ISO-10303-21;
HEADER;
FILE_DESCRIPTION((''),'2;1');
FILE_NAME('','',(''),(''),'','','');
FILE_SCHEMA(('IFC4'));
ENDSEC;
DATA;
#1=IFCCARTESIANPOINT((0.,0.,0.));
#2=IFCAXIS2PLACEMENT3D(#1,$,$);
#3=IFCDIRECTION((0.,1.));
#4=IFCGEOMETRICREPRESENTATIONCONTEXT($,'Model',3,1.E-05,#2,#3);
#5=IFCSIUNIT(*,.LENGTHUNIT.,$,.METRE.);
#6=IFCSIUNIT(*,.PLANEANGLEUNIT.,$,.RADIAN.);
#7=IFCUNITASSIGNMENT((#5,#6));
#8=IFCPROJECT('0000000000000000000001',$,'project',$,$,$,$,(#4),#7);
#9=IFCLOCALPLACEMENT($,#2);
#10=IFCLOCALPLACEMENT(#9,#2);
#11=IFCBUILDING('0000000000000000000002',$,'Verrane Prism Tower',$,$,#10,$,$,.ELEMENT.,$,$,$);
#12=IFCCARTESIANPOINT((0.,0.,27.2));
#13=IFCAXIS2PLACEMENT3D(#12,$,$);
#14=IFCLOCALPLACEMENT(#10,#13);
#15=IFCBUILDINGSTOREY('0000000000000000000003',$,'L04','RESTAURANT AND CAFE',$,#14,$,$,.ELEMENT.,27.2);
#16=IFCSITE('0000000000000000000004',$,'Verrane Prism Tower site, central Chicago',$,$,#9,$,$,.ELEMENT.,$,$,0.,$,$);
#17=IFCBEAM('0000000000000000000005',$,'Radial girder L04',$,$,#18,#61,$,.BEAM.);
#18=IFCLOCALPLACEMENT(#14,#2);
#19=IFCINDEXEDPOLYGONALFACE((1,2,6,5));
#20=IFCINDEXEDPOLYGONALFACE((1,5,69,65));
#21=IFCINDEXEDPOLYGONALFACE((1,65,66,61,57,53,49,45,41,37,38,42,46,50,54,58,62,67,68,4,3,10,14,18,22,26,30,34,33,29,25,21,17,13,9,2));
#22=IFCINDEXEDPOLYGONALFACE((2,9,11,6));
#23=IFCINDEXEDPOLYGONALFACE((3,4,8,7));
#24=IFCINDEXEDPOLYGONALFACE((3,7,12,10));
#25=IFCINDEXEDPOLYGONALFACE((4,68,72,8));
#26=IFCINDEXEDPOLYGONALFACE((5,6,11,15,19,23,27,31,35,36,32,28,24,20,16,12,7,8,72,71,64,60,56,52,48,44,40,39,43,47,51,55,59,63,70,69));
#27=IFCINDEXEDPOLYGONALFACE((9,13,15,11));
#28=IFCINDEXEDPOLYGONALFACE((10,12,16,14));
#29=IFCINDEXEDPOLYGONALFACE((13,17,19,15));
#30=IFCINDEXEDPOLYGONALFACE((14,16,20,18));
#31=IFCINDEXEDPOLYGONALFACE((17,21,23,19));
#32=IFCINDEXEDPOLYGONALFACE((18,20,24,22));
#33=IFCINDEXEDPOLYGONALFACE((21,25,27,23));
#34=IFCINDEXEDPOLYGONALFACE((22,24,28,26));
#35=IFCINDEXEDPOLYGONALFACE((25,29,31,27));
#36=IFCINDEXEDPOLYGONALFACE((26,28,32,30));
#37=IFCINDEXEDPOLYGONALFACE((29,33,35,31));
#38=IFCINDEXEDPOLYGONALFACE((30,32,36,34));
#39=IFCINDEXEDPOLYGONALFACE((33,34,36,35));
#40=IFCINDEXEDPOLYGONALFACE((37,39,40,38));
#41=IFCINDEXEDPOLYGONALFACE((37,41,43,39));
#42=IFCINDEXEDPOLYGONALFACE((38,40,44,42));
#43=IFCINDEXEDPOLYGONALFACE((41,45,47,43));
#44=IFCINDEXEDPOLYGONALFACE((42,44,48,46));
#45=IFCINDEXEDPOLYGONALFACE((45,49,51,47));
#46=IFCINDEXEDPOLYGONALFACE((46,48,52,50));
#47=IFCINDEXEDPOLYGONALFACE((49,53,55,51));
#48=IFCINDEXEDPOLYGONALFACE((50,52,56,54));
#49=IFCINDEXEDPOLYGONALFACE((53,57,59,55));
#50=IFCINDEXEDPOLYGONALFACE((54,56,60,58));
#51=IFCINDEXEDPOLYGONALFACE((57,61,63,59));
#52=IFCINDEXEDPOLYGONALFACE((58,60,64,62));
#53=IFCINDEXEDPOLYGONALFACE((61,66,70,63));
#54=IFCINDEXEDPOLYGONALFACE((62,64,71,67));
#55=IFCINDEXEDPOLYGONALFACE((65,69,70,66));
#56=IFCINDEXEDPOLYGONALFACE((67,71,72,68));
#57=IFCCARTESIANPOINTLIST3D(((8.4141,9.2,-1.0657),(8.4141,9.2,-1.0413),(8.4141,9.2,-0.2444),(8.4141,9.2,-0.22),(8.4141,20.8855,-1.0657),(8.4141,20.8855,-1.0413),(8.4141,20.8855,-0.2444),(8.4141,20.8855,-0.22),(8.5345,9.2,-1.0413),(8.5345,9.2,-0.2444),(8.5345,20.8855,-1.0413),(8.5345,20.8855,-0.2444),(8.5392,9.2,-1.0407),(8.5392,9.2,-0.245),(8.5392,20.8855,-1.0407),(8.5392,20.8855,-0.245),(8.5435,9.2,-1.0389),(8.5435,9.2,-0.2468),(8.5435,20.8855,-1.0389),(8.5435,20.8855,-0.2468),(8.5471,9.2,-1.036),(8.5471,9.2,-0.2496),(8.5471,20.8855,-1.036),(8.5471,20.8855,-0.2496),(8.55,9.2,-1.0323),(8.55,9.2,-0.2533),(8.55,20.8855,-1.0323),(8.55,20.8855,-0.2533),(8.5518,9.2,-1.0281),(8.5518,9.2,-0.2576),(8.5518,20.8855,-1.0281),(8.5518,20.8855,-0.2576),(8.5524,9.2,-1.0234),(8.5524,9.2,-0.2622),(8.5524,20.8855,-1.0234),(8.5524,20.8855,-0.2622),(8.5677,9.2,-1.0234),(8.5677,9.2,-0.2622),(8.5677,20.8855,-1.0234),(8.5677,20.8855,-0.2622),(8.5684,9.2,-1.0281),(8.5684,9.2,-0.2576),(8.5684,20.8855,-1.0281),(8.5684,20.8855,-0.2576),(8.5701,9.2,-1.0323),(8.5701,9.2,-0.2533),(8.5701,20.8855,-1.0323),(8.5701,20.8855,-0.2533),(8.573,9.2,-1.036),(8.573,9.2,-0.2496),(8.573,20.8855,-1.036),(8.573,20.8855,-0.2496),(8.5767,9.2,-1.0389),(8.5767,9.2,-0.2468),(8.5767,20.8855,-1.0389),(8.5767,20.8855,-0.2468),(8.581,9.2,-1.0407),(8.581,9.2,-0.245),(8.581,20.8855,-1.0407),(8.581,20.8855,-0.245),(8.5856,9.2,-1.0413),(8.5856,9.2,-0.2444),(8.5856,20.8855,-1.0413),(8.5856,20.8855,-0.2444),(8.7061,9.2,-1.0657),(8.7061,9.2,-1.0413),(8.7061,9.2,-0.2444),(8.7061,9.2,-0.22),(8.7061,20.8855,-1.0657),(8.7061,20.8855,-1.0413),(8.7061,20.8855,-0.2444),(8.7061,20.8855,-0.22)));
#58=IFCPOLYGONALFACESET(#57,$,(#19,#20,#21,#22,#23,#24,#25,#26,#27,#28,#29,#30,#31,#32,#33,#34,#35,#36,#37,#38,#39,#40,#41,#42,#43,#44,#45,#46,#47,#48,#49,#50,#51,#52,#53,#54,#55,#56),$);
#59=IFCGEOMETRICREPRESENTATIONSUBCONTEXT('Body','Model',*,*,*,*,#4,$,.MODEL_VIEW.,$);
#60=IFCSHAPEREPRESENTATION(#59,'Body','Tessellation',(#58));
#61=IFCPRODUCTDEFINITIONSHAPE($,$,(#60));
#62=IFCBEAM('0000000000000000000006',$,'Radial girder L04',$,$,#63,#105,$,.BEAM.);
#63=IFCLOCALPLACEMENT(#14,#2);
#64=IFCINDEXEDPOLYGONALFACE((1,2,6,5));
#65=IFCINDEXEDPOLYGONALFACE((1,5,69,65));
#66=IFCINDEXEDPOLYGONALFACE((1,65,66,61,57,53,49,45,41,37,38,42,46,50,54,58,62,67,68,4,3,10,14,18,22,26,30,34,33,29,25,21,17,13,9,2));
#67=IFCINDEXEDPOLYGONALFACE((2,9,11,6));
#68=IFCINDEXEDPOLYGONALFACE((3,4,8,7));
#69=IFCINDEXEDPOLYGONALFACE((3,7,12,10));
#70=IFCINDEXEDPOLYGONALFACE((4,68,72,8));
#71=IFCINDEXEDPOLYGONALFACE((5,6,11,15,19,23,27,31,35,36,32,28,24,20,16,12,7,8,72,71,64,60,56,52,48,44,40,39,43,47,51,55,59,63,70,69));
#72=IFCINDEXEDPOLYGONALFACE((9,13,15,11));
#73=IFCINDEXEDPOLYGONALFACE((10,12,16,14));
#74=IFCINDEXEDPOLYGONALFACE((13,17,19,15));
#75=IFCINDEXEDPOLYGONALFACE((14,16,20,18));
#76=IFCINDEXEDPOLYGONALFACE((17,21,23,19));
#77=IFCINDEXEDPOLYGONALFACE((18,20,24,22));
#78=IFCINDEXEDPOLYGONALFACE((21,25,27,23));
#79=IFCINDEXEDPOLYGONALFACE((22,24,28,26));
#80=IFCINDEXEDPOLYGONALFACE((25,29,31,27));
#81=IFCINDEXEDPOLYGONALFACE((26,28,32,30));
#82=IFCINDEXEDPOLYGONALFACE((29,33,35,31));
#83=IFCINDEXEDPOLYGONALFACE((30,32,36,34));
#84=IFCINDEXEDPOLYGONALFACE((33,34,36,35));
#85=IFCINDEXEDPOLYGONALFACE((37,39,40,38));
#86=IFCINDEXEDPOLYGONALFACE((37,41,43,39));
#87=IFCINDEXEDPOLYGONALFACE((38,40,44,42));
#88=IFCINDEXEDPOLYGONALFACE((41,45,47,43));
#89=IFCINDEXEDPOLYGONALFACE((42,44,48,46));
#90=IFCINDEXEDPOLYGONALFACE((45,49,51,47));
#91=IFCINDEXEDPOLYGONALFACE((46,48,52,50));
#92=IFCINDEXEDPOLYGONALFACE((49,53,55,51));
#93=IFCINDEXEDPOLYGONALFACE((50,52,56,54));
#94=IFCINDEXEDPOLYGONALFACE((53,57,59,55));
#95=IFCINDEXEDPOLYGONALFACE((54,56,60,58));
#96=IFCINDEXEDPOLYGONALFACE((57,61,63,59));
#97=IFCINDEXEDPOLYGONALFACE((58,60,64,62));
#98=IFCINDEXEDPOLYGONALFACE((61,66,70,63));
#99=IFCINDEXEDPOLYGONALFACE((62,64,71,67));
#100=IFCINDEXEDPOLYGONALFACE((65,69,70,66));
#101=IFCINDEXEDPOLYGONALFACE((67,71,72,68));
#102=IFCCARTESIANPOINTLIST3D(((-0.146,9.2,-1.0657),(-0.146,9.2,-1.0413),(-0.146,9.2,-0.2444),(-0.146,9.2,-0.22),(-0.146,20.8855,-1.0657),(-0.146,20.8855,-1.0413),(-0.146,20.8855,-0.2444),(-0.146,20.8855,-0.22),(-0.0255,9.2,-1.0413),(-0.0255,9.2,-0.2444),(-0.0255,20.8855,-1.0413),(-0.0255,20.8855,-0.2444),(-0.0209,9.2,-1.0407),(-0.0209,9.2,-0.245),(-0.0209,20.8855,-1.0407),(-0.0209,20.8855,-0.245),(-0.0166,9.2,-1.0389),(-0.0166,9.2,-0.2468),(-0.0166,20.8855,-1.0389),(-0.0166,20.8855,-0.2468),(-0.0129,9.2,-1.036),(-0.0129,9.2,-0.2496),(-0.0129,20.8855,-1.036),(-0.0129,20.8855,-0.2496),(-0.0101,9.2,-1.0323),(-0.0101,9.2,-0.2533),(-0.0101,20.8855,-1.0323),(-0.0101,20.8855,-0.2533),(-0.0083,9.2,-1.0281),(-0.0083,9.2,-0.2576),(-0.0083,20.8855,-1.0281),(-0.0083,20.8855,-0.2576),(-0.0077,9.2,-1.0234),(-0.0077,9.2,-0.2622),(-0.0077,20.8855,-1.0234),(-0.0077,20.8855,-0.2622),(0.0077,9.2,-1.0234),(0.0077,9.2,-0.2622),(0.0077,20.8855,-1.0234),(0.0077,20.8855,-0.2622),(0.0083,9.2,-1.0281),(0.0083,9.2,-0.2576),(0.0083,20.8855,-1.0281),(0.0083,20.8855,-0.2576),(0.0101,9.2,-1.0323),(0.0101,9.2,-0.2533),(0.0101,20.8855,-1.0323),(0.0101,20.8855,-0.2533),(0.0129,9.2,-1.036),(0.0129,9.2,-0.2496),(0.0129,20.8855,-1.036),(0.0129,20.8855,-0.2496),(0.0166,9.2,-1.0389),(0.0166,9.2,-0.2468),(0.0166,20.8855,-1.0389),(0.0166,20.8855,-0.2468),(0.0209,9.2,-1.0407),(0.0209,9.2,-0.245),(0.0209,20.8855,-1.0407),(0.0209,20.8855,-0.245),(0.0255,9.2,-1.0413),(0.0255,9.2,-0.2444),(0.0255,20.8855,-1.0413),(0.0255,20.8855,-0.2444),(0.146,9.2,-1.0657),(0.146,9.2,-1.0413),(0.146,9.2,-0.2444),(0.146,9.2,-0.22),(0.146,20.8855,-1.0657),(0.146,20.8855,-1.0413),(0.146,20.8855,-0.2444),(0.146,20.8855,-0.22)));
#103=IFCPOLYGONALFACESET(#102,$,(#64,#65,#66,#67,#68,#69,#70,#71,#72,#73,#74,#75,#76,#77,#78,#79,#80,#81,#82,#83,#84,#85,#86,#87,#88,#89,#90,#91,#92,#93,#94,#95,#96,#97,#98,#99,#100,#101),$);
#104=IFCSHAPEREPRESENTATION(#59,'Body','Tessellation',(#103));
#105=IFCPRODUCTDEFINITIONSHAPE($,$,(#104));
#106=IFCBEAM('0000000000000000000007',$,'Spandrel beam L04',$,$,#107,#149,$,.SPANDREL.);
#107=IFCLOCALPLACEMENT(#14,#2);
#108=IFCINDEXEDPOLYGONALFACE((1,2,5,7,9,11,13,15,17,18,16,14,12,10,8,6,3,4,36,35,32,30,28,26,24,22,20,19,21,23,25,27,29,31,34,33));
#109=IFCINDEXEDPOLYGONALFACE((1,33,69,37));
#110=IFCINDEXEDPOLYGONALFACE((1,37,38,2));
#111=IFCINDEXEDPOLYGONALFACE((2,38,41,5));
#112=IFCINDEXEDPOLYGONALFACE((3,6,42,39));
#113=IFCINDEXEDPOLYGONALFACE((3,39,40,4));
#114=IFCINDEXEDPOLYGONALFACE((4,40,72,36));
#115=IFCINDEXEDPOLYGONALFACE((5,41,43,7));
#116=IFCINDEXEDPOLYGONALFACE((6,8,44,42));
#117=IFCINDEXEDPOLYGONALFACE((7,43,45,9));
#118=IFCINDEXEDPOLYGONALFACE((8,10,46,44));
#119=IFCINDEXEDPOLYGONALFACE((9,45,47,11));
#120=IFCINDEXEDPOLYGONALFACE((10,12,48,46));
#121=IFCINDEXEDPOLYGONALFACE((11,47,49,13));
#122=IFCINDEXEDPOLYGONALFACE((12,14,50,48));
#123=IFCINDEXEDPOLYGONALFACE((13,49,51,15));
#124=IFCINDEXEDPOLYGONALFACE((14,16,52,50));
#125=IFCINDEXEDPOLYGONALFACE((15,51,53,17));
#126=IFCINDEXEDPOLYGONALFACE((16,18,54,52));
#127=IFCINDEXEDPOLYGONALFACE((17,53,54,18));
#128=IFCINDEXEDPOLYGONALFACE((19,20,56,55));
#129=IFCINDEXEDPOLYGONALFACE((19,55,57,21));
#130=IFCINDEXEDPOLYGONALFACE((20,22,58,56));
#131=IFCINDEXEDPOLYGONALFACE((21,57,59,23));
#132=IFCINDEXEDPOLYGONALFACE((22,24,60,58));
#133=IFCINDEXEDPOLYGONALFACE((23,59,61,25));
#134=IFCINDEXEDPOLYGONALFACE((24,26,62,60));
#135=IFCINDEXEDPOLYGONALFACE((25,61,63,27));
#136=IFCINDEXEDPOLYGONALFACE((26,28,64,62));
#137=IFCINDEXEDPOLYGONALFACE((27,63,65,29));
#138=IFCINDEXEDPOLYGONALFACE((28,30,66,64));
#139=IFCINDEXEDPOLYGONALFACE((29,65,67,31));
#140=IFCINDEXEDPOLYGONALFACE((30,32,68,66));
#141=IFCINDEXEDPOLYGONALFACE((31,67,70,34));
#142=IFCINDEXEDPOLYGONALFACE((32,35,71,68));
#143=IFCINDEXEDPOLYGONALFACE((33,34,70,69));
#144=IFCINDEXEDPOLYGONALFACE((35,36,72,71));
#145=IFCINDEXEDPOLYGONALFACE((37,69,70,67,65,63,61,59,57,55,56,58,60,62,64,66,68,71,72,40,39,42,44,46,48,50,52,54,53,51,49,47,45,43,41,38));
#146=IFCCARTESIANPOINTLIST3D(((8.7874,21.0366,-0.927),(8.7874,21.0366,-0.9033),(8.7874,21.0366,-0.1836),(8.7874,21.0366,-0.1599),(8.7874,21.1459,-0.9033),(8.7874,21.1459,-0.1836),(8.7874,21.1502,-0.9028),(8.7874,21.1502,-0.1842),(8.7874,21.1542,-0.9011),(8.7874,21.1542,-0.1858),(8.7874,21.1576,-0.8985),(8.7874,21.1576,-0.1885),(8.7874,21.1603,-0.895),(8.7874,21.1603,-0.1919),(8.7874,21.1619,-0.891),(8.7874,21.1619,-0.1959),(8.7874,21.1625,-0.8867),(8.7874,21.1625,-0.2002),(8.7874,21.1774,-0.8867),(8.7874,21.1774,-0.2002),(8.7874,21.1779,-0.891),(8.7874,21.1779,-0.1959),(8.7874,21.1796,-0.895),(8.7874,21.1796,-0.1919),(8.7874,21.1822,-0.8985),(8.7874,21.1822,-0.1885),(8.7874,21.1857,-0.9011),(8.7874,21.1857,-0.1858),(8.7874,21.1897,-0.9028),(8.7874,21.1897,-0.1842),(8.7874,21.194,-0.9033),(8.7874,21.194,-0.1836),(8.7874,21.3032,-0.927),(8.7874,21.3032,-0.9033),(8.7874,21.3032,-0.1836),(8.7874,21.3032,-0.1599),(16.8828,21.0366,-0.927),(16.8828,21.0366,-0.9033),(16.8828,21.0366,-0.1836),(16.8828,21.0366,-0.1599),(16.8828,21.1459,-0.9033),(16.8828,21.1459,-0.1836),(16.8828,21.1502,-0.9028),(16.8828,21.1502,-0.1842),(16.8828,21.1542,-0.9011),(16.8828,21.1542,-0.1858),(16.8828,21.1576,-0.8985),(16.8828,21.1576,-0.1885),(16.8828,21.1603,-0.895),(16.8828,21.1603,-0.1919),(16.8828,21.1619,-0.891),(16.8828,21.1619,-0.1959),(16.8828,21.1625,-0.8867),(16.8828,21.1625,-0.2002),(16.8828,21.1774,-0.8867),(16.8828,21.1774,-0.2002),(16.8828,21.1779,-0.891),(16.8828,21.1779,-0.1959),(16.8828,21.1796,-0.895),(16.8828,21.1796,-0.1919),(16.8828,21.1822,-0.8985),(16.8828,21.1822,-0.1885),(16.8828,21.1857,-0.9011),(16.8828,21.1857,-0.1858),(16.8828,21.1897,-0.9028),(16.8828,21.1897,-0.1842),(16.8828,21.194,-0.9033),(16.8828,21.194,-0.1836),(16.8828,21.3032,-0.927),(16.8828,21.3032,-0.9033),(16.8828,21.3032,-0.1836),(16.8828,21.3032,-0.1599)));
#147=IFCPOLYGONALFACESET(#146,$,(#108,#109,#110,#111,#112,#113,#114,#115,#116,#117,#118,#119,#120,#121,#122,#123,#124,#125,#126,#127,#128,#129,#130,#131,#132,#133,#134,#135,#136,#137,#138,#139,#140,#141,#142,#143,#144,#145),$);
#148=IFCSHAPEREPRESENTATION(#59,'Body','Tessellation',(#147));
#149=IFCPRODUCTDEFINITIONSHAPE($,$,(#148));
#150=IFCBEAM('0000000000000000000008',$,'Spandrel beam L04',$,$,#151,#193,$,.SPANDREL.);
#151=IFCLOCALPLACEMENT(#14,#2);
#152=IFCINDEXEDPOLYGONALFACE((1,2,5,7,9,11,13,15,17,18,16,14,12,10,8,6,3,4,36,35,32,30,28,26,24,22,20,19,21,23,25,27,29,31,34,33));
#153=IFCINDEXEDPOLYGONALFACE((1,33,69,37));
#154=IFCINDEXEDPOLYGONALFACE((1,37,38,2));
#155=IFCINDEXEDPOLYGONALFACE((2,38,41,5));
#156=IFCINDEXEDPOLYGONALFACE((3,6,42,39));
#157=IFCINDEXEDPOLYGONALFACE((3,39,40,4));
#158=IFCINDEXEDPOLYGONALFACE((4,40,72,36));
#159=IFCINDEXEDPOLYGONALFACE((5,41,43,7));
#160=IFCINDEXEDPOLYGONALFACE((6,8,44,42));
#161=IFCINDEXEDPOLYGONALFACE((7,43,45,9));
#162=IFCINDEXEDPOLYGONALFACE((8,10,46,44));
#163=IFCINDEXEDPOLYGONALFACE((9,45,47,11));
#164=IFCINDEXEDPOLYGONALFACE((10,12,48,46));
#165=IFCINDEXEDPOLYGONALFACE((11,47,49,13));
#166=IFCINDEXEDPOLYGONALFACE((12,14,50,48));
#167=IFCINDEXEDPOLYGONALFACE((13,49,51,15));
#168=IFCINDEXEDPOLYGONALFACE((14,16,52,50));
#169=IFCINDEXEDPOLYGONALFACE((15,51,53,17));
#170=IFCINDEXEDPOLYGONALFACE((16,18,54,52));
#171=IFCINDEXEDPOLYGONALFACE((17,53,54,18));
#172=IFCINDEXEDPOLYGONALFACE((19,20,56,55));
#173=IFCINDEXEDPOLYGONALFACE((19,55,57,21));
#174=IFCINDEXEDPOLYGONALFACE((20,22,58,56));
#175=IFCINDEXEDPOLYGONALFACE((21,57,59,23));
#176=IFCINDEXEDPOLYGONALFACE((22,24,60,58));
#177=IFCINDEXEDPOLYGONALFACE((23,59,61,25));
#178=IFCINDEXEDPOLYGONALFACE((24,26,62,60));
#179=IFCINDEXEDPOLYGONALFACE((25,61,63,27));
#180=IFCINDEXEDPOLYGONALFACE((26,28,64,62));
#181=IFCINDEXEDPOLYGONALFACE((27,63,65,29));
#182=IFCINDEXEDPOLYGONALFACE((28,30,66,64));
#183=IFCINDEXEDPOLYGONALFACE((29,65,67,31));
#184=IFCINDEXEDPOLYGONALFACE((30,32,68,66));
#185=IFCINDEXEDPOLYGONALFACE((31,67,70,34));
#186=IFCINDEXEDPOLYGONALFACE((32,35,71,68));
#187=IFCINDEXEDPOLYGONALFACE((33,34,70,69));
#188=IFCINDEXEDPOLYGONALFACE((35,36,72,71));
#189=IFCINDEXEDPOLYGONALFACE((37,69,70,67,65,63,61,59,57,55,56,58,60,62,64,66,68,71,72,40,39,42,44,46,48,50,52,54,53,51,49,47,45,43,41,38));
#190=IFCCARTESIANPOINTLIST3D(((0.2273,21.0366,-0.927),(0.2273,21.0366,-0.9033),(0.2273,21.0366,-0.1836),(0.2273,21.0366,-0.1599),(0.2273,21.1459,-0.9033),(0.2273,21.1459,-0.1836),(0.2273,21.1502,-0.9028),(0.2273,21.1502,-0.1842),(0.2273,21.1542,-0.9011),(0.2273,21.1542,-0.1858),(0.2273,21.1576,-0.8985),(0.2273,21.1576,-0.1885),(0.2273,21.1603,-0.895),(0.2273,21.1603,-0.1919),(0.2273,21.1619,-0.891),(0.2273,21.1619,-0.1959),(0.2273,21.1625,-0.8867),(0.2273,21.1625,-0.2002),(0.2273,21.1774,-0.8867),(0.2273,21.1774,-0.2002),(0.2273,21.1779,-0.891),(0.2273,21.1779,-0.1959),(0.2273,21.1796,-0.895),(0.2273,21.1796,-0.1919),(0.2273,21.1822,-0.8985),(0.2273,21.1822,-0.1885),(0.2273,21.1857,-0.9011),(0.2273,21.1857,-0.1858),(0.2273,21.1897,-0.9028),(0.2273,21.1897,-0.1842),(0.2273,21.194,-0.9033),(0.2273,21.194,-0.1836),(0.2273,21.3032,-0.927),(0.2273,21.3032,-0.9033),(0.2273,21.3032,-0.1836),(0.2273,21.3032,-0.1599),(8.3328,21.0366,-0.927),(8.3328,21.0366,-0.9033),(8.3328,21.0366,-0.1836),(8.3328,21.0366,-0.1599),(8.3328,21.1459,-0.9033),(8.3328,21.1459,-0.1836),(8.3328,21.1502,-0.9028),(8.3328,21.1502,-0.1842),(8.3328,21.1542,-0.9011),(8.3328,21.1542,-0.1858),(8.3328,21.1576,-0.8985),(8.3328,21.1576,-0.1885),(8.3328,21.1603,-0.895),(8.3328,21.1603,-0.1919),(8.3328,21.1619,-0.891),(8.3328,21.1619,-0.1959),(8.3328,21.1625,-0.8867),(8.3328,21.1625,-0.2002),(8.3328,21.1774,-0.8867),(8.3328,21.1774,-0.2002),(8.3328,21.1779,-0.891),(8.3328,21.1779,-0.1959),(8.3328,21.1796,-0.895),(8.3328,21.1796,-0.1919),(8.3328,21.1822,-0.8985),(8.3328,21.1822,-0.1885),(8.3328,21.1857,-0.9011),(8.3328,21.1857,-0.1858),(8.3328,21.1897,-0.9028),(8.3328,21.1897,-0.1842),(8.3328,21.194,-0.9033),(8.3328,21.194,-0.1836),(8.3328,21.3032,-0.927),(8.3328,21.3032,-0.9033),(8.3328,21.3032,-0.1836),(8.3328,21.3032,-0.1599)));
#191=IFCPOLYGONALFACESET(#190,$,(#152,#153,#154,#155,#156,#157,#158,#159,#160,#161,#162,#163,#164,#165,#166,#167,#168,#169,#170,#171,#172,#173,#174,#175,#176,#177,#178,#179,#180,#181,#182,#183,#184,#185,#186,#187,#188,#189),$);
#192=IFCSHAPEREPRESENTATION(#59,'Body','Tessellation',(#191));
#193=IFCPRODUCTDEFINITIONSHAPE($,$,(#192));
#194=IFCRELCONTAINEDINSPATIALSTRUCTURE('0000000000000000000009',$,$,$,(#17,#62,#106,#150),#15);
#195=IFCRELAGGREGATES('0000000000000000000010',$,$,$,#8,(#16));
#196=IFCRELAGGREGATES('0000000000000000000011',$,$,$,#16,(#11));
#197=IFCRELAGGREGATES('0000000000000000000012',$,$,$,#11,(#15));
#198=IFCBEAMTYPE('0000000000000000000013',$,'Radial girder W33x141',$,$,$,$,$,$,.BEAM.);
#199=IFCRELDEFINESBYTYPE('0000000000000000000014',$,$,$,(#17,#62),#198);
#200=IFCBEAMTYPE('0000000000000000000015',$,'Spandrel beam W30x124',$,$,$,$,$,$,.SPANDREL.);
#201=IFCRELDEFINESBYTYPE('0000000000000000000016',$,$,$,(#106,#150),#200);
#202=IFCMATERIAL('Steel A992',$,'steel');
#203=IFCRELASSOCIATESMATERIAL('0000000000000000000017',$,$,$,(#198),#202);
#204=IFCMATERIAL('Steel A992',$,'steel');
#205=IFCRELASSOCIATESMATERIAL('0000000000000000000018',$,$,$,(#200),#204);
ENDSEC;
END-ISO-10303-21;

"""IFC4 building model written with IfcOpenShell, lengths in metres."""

from ifc_helpers import new_model, si_unit, direction, frame, origin, origin_2d, place, context, subcontext, project, spatial, i_section, extrude, material, material_profile, profile_set, type_object, element, save


model = new_model("IFC4")

# Units and contexts
model_context = context("Model", 3, precision=1e-05, world=origin(), true_north=direction((0.0, 1.0)))
body_context = subcontext(model_context, "Body", "Model", "MODEL_VIEW")
ifc_project = project(units=[si_unit("LENGTHUNIT", "METRE"), si_unit("PLANEANGLEUNIT", "RADIAN")], contexts=[model_context])

# Site, building, storey
site_placement = place(None, origin())
site = spatial("IfcSite", under=ifc_project, at=site_placement, Name="Verrane Prism Tower site, central Chicago", CompositionType="ELEMENT", RefElevation=0.0)
building_placement = place(site_placement, origin())
building = spatial("IfcBuilding", under=site, at=building_placement, Name="Verrane Prism Tower", CompositionType="ELEMENT")
storey_placement = place(building_placement, frame((0.0, 0.0, 27.2)))
storey = spatial("IfcBuildingStorey", under=building, at=storey_placement, Name="L04", Description="RESTAURANT AND CAFE", CompositionType="ELEMENT", Elevation=27.2)

# Beams
ifc_material_1 = material(Name="Steel A992", Category="steel")
ifc_material_profile_1 = material_profile(ifc_material_1, i_section(OverallWidth=0.292, OverallDepth=0.8457, WebThickness=0.0154, FlangeThickness=0.0244, FilletRadius=0.0178, at=origin_2d()), Name="W33x141")
ifc_profile_set_1 = profile_set([ifc_material_profile_1], Name="Steel A992")
beam_type_1 = type_object("IfcBeamType", Name="Radial girder W33x141", PredefinedType="BEAM", material=ifc_profile_set_1)
for number, where, z_axis, x_axis, name in (
    (1, (8.5601, 20.8855, -0.6428), (0.0, -1.0, 0.0), (1.0, 0.0, 0.0), "Radial girder L04"),
    (2, (0.0, 20.8855, -0.6428), (0.0, -1.0, 0.0), (1.0, 0.0, 0.0), "Radial girder L04"),
):
    element("IfcBeam", number, at=place(storey_placement, frame(where, z_axis=z_axis, x_axis=x_axis)), inside=storey, type_object=beam_type_1, Name=name, PredefinedType="BEAM", context=body_context, shape_type="SweptSolid", body=[
        extrude(i_section(OverallWidth=0.292, OverallDepth=0.8457, WebThickness=0.0154, FlangeThickness=0.0244, FilletRadius=0.0178, at=origin_2d()), origin(), (0.0, 0.0, 1.0), 11.6855),
    ])
ifc_material_2 = material(Name="Steel A992", Category="steel")
ifc_material_profile_2 = material_profile(ifc_material_2, i_section(OverallWidth=0.2666, OverallDepth=0.7671, WebThickness=0.0149, FlangeThickness=0.0237, FilletRadius=0.0166, at=origin_2d()), Name="W30x124")
ifc_profile_set_2 = profile_set([ifc_material_profile_2], Name="Steel A992")
beam_type_2 = type_object("IfcBeamType", Name="Spandrel beam W30x124", PredefinedType="SPANDREL", material=ifc_profile_set_2)
beam_1_placement = place(storey_placement, frame((16.8828, 21.1699, -0.5435), z_axis=(-1.0, 0.0, 0.0), x_axis=(0.0, -1.0, 0.0)))
element("IfcBeam", 3, at=beam_1_placement, inside=storey, type_object=beam_type_2, Name="Spandrel beam L04", PredefinedType="SPANDREL", context=body_context, shape_type="SweptSolid", body=[
    extrude(i_section(OverallWidth=0.2666, OverallDepth=0.7671, WebThickness=0.0149, FlangeThickness=0.0237, FilletRadius=0.0166, at=origin_2d()), origin(), (0.0, 0.0, 1.0), 8.0955),
])
beam_2_placement = place(storey_placement, frame((8.3328, 21.1699, -0.5435), z_axis=(-1.0, 0.0, 0.0), x_axis=(0.0, -1.0, 0.0)))
element("IfcBeam", 4, at=beam_2_placement, inside=storey, type_object=beam_type_2, Name="Spandrel beam L04", PredefinedType="SPANDREL", context=body_context, shape_type="SweptSolid", body=[
    extrude(i_section(OverallWidth=0.2666, OverallDepth=0.7671, WebThickness=0.0149, FlangeThickness=0.0237, FilletRadius=0.0166, at=origin_2d()), origin(), (0.0, 0.0, 1.0), 8.1055),
])

save(model, "model.ifc")
